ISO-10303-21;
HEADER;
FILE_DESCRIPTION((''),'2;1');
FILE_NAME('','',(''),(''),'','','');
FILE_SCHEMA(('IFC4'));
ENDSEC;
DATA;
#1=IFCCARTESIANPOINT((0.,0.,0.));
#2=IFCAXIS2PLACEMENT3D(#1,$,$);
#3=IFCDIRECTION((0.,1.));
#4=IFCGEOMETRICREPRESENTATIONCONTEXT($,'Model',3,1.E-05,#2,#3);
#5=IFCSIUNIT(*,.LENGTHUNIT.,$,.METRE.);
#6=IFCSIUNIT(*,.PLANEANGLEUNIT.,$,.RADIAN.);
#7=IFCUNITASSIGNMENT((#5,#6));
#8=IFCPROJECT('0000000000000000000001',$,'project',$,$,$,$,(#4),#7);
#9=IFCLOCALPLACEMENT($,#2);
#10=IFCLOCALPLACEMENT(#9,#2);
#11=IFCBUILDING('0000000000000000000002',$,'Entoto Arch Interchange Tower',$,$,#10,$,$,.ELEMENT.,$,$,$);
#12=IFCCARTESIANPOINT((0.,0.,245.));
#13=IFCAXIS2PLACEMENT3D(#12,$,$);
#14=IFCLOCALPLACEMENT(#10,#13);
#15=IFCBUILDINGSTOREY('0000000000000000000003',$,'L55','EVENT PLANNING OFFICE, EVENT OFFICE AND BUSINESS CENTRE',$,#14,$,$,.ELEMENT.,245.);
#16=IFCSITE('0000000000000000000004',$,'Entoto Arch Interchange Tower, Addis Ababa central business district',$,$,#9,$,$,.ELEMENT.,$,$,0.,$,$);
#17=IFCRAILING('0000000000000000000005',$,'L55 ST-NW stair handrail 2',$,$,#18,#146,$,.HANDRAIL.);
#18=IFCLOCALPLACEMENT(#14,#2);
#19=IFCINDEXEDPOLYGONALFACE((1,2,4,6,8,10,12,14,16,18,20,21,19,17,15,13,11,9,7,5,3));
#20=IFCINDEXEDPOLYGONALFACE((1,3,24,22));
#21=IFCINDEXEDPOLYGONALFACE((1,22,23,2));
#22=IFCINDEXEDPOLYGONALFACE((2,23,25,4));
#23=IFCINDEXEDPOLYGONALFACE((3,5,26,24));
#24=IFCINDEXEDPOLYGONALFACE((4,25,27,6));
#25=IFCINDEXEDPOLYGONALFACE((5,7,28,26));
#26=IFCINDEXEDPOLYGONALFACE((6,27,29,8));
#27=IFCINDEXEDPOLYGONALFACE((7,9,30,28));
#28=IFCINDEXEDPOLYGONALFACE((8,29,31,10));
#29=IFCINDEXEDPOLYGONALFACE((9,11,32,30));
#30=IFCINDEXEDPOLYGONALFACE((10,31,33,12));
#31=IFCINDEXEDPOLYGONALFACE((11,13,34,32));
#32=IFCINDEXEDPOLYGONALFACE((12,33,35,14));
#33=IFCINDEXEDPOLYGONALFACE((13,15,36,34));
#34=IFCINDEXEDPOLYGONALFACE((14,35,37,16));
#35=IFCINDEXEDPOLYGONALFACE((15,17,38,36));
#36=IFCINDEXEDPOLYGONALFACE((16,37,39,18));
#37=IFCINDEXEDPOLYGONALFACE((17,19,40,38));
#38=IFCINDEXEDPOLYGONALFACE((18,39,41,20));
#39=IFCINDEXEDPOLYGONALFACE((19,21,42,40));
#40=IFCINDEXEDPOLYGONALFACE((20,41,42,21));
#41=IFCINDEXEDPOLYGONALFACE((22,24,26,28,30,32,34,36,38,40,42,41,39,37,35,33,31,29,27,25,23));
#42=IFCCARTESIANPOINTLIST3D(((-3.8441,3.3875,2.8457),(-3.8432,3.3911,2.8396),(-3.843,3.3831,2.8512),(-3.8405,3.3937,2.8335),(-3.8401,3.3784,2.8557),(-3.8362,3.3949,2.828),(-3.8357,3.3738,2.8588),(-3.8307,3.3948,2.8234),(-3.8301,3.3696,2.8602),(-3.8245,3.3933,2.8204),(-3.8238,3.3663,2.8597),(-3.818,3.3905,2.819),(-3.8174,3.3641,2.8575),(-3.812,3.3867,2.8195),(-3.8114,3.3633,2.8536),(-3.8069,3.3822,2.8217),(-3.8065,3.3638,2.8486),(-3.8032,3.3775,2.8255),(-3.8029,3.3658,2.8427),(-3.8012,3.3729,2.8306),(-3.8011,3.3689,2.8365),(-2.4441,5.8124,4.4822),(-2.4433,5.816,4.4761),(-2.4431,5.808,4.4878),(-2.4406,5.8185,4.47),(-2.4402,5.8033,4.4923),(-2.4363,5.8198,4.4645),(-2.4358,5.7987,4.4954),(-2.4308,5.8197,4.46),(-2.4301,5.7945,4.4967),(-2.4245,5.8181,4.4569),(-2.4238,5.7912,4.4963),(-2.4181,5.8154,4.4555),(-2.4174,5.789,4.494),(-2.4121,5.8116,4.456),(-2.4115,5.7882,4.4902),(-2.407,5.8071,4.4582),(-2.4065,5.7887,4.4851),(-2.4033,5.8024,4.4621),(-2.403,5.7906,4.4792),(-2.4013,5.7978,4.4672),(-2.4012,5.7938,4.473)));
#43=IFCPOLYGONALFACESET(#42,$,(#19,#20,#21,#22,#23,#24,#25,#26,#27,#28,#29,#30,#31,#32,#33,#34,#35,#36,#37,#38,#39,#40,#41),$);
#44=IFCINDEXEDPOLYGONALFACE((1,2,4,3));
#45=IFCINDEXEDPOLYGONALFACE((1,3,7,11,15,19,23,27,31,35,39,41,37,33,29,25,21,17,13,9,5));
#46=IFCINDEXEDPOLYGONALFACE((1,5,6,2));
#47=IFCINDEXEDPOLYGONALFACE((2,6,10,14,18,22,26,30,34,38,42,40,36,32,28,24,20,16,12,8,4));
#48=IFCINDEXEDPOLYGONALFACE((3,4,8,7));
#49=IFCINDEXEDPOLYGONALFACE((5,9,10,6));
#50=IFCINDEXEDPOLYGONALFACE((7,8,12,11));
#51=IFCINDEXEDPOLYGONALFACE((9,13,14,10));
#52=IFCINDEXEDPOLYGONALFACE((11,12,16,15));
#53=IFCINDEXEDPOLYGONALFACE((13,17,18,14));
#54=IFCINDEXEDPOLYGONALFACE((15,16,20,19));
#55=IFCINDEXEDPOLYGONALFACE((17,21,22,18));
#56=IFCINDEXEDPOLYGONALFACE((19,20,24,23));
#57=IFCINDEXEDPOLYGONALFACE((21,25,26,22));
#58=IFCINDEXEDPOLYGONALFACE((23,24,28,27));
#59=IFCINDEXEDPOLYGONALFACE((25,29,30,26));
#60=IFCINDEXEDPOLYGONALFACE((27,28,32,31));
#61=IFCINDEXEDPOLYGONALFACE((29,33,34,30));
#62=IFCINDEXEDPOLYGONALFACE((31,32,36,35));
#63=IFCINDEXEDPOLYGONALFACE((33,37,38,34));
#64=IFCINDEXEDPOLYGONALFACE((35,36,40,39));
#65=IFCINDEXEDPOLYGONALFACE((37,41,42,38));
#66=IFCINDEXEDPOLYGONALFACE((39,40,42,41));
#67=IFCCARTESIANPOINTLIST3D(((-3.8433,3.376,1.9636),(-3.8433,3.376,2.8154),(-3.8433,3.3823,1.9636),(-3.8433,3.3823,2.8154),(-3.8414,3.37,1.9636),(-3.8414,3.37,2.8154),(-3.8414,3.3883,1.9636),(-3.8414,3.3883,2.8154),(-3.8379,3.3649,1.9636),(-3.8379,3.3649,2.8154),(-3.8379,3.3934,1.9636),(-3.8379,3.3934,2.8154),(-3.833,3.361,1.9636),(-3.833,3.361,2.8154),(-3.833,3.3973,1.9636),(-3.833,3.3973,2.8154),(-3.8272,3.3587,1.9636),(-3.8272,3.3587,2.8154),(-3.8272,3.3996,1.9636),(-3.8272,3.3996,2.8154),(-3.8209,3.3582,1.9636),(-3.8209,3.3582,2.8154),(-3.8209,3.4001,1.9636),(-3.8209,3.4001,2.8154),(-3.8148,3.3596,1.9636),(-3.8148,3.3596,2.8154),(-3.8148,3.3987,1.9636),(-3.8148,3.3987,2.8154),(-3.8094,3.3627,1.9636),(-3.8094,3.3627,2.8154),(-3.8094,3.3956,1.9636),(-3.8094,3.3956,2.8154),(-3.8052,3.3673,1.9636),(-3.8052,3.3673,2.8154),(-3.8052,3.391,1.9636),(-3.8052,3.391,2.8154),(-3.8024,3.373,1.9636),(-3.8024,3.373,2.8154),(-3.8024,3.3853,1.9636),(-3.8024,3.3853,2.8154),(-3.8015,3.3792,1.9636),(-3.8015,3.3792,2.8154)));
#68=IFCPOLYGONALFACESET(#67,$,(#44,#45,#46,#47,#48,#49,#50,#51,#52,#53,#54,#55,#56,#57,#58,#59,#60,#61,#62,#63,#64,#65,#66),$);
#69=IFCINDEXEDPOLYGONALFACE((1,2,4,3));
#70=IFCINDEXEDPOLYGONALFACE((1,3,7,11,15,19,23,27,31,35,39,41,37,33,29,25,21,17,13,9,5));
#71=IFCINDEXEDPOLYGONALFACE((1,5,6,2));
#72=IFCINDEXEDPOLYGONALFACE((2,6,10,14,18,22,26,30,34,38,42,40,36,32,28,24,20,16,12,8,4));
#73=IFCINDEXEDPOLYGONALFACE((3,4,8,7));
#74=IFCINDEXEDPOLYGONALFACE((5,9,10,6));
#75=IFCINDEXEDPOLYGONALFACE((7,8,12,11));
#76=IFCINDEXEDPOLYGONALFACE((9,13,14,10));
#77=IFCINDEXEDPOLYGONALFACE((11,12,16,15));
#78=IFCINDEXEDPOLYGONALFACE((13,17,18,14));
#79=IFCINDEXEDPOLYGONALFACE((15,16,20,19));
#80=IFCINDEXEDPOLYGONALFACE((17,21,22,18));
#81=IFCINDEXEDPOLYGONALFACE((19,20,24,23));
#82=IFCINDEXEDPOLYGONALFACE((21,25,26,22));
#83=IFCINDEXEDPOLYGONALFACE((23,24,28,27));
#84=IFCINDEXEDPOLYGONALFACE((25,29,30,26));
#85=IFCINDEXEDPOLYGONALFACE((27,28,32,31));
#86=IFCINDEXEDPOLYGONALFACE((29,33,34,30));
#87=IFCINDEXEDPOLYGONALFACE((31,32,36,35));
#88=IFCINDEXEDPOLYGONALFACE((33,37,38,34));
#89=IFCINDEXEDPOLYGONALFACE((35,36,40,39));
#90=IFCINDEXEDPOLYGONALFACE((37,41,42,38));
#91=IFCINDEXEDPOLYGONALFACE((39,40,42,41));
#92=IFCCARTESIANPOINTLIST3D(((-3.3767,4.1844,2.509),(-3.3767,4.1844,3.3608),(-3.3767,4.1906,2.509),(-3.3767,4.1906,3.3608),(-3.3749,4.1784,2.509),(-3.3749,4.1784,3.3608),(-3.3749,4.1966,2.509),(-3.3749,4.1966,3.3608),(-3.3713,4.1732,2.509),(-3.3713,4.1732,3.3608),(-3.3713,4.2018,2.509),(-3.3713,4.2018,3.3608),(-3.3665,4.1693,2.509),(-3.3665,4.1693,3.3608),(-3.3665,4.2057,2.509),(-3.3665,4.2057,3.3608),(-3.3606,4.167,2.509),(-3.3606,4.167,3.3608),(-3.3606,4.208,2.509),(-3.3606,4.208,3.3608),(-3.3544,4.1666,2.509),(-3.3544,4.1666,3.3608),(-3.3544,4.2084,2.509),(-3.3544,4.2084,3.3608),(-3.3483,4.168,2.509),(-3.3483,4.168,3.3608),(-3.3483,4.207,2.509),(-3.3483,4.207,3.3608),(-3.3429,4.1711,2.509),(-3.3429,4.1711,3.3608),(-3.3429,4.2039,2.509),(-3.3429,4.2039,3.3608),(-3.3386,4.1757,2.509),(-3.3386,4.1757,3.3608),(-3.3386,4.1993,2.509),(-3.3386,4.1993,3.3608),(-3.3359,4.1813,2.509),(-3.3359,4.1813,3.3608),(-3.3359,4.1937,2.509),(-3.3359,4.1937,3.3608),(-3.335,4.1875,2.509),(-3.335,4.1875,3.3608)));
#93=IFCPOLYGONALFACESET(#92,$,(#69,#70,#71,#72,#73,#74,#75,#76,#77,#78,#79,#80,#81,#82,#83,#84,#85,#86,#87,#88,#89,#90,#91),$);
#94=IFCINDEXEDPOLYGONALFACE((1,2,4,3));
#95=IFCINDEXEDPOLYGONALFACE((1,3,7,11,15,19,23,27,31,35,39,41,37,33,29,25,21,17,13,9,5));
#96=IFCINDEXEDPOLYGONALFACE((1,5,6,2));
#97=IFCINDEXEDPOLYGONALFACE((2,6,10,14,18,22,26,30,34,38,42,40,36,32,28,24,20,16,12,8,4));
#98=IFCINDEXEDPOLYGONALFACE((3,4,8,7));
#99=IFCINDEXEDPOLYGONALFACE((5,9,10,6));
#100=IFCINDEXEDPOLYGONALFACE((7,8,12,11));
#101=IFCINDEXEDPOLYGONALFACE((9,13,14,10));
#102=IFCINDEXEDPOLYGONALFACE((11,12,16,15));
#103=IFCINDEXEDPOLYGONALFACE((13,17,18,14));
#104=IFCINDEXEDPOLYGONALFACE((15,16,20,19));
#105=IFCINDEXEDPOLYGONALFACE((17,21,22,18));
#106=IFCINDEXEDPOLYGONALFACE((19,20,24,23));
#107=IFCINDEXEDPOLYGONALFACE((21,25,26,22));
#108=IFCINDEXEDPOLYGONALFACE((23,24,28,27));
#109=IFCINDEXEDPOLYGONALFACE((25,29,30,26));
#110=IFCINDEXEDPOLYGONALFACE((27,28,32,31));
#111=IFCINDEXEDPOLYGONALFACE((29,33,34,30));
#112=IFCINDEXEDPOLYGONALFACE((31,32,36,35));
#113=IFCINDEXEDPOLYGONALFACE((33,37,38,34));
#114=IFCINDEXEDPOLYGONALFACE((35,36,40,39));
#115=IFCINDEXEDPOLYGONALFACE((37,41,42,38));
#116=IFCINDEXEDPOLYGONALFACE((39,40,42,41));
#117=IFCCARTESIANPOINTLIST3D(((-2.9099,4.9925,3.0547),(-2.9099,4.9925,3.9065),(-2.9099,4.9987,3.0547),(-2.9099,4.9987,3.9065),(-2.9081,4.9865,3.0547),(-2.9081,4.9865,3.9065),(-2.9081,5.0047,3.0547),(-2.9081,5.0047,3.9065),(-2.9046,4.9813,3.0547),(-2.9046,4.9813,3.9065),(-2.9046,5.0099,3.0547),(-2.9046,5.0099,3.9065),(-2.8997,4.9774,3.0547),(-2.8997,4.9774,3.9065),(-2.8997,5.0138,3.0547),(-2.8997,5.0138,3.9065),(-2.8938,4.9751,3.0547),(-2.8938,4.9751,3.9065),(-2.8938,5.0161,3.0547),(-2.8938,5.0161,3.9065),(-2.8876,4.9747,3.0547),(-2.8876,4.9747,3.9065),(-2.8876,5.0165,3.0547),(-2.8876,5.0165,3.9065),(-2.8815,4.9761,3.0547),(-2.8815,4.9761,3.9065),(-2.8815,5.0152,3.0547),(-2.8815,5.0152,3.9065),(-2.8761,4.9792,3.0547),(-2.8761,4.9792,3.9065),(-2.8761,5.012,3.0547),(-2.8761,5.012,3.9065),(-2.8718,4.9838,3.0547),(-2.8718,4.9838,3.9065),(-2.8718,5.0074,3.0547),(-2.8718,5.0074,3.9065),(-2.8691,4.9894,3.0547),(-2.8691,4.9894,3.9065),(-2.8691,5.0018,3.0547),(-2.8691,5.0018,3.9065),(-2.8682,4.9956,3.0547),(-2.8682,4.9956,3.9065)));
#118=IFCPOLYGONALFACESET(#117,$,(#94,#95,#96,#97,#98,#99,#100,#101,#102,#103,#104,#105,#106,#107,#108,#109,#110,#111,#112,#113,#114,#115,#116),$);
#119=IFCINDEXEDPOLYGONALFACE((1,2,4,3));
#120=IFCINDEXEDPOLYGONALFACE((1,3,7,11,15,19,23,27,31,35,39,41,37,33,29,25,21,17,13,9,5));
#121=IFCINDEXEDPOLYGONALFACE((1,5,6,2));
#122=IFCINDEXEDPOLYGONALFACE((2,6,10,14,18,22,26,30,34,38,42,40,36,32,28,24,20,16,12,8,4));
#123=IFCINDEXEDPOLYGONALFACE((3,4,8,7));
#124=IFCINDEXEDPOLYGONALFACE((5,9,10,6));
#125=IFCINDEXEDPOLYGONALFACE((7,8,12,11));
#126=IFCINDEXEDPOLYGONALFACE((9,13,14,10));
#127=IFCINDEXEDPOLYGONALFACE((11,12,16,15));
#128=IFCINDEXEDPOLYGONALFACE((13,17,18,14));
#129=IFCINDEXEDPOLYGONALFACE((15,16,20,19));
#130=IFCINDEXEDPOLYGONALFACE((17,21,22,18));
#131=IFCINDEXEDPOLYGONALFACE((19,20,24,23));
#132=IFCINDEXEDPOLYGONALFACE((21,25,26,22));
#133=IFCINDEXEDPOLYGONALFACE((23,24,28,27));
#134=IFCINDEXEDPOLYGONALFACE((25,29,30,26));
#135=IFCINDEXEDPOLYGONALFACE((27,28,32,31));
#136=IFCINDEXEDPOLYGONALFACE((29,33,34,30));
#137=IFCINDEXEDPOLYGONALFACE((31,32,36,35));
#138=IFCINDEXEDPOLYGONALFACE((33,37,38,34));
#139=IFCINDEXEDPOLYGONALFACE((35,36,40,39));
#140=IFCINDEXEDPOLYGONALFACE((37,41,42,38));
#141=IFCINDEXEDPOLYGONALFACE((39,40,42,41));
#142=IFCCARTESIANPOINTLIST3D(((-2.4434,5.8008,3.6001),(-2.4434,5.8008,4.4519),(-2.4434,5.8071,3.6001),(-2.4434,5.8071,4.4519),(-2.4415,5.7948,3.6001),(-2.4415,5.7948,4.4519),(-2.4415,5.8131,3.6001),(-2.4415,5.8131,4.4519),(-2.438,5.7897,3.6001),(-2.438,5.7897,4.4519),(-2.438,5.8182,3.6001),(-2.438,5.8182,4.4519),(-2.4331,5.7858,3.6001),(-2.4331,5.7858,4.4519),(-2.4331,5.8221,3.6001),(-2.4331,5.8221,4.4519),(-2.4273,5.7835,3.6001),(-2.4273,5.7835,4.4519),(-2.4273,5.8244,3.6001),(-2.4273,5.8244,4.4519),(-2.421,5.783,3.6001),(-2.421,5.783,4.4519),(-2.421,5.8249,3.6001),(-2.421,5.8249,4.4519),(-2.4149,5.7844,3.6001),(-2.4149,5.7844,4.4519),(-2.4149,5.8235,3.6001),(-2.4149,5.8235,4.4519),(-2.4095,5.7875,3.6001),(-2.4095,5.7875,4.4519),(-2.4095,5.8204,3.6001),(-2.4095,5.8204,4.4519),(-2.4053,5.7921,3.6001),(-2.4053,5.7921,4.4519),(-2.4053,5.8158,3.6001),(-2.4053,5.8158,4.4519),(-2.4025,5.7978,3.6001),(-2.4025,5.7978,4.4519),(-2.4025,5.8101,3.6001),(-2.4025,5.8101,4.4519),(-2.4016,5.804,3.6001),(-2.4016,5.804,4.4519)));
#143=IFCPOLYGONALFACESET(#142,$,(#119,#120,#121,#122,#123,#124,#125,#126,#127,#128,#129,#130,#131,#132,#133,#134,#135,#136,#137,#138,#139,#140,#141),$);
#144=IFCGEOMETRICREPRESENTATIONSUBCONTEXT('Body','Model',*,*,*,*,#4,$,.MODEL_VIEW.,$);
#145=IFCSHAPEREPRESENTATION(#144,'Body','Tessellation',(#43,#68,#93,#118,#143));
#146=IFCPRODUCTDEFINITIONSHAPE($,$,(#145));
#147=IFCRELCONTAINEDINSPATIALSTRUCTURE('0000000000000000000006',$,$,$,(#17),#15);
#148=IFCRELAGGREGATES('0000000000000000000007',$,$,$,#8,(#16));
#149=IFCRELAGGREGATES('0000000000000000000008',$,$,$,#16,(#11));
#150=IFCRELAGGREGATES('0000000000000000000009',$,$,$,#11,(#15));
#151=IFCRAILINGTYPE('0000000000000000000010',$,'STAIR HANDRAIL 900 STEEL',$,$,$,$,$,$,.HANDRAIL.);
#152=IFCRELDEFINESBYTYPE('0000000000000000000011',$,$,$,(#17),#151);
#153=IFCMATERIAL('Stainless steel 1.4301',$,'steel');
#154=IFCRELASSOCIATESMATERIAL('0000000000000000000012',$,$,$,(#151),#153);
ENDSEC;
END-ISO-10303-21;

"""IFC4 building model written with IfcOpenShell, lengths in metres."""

from ifc_helpers import new_model, si_unit, direction, frame, origin, origin_2d, place, context, subcontext, project, spatial, circle, extrude, material, type_object, element, save


model = new_model("IFC4")

# Units and contexts
model_context = context("Model", 3, precision=1e-05, world=origin(), true_north=direction((0.0, 1.0)))
body_context = subcontext(model_context, "Body", "Model", "MODEL_VIEW")
ifc_project = project(units=[si_unit("LENGTHUNIT", "METRE"), si_unit("PLANEANGLEUNIT", "RADIAN")], contexts=[model_context])

# Site, building, storey
site_placement = place(None, origin())
site = spatial("IfcSite", under=ifc_project, at=site_placement, Name="Entoto Arch Interchange Tower, Addis Ababa central business district", CompositionType="ELEMENT", RefElevation=0.0)
building_placement = place(site_placement, origin())
building = spatial("IfcBuilding", under=site, at=building_placement, Name="Entoto Arch Interchange Tower", CompositionType="ELEMENT")
storey_placement = place(building_placement, frame((0.0, 0.0, 245.0)))
storey = spatial("IfcBuildingStorey", under=building, at=storey_placement, Name="L55", Description="EVENT PLANNING OFFICE, EVENT OFFICE AND BUSINESS CENTRE", CompositionType="ELEMENT", Elevation=245.0)

# Railing
ifc_material_1 = material(Name="Stainless steel 1.4301", Category="steel")
railing_type_1 = type_object("IfcRailingType", Name="STAIR HANDRAIL 900 STEEL", PredefinedType="HANDRAIL", material=ifc_material_1)
railing_1_placement = place(storey_placement, frame((-3.8225, 3.3792, 1.9636)))
element("IfcRailing", 1, at=railing_1_placement, inside=storey, type_object=railing_type_1, Name="L55 ST-NW stair handrail 2", PredefinedType="HANDRAIL", context=body_context, shape_type="SweptSolid", body=[
    extrude(circle(Radius=0.0239, at=origin_2d()), frame((0.0, 0.0, 0.876), z_axis=(0.431661, 0.74769, 0.504608), x_axis=(-0.866035, 0.499984, 0.0)), (0.0, 0.0, 1.0), 3.2432),
    extrude(circle(Radius=0.021, at=origin_2d()), origin(), (0.0, 0.0, 1.0), 0.8518),
    extrude(circle(Radius=0.021, at=origin_2d()), frame((0.4666, 0.8083, 0.5454)), (0.0, 0.0, 1.0), 0.8518),
    extrude(circle(Radius=0.021, at=origin_2d()), frame((0.9333, 1.6165, 1.0911)), (0.0, 0.0, 1.0), 0.8518),
    extrude(circle(Radius=0.021, at=origin_2d()), frame((1.3999, 2.4248, 1.6365)), (0.0, 0.0, 1.0), 0.8518),
])

save(model, "model.ifc")
